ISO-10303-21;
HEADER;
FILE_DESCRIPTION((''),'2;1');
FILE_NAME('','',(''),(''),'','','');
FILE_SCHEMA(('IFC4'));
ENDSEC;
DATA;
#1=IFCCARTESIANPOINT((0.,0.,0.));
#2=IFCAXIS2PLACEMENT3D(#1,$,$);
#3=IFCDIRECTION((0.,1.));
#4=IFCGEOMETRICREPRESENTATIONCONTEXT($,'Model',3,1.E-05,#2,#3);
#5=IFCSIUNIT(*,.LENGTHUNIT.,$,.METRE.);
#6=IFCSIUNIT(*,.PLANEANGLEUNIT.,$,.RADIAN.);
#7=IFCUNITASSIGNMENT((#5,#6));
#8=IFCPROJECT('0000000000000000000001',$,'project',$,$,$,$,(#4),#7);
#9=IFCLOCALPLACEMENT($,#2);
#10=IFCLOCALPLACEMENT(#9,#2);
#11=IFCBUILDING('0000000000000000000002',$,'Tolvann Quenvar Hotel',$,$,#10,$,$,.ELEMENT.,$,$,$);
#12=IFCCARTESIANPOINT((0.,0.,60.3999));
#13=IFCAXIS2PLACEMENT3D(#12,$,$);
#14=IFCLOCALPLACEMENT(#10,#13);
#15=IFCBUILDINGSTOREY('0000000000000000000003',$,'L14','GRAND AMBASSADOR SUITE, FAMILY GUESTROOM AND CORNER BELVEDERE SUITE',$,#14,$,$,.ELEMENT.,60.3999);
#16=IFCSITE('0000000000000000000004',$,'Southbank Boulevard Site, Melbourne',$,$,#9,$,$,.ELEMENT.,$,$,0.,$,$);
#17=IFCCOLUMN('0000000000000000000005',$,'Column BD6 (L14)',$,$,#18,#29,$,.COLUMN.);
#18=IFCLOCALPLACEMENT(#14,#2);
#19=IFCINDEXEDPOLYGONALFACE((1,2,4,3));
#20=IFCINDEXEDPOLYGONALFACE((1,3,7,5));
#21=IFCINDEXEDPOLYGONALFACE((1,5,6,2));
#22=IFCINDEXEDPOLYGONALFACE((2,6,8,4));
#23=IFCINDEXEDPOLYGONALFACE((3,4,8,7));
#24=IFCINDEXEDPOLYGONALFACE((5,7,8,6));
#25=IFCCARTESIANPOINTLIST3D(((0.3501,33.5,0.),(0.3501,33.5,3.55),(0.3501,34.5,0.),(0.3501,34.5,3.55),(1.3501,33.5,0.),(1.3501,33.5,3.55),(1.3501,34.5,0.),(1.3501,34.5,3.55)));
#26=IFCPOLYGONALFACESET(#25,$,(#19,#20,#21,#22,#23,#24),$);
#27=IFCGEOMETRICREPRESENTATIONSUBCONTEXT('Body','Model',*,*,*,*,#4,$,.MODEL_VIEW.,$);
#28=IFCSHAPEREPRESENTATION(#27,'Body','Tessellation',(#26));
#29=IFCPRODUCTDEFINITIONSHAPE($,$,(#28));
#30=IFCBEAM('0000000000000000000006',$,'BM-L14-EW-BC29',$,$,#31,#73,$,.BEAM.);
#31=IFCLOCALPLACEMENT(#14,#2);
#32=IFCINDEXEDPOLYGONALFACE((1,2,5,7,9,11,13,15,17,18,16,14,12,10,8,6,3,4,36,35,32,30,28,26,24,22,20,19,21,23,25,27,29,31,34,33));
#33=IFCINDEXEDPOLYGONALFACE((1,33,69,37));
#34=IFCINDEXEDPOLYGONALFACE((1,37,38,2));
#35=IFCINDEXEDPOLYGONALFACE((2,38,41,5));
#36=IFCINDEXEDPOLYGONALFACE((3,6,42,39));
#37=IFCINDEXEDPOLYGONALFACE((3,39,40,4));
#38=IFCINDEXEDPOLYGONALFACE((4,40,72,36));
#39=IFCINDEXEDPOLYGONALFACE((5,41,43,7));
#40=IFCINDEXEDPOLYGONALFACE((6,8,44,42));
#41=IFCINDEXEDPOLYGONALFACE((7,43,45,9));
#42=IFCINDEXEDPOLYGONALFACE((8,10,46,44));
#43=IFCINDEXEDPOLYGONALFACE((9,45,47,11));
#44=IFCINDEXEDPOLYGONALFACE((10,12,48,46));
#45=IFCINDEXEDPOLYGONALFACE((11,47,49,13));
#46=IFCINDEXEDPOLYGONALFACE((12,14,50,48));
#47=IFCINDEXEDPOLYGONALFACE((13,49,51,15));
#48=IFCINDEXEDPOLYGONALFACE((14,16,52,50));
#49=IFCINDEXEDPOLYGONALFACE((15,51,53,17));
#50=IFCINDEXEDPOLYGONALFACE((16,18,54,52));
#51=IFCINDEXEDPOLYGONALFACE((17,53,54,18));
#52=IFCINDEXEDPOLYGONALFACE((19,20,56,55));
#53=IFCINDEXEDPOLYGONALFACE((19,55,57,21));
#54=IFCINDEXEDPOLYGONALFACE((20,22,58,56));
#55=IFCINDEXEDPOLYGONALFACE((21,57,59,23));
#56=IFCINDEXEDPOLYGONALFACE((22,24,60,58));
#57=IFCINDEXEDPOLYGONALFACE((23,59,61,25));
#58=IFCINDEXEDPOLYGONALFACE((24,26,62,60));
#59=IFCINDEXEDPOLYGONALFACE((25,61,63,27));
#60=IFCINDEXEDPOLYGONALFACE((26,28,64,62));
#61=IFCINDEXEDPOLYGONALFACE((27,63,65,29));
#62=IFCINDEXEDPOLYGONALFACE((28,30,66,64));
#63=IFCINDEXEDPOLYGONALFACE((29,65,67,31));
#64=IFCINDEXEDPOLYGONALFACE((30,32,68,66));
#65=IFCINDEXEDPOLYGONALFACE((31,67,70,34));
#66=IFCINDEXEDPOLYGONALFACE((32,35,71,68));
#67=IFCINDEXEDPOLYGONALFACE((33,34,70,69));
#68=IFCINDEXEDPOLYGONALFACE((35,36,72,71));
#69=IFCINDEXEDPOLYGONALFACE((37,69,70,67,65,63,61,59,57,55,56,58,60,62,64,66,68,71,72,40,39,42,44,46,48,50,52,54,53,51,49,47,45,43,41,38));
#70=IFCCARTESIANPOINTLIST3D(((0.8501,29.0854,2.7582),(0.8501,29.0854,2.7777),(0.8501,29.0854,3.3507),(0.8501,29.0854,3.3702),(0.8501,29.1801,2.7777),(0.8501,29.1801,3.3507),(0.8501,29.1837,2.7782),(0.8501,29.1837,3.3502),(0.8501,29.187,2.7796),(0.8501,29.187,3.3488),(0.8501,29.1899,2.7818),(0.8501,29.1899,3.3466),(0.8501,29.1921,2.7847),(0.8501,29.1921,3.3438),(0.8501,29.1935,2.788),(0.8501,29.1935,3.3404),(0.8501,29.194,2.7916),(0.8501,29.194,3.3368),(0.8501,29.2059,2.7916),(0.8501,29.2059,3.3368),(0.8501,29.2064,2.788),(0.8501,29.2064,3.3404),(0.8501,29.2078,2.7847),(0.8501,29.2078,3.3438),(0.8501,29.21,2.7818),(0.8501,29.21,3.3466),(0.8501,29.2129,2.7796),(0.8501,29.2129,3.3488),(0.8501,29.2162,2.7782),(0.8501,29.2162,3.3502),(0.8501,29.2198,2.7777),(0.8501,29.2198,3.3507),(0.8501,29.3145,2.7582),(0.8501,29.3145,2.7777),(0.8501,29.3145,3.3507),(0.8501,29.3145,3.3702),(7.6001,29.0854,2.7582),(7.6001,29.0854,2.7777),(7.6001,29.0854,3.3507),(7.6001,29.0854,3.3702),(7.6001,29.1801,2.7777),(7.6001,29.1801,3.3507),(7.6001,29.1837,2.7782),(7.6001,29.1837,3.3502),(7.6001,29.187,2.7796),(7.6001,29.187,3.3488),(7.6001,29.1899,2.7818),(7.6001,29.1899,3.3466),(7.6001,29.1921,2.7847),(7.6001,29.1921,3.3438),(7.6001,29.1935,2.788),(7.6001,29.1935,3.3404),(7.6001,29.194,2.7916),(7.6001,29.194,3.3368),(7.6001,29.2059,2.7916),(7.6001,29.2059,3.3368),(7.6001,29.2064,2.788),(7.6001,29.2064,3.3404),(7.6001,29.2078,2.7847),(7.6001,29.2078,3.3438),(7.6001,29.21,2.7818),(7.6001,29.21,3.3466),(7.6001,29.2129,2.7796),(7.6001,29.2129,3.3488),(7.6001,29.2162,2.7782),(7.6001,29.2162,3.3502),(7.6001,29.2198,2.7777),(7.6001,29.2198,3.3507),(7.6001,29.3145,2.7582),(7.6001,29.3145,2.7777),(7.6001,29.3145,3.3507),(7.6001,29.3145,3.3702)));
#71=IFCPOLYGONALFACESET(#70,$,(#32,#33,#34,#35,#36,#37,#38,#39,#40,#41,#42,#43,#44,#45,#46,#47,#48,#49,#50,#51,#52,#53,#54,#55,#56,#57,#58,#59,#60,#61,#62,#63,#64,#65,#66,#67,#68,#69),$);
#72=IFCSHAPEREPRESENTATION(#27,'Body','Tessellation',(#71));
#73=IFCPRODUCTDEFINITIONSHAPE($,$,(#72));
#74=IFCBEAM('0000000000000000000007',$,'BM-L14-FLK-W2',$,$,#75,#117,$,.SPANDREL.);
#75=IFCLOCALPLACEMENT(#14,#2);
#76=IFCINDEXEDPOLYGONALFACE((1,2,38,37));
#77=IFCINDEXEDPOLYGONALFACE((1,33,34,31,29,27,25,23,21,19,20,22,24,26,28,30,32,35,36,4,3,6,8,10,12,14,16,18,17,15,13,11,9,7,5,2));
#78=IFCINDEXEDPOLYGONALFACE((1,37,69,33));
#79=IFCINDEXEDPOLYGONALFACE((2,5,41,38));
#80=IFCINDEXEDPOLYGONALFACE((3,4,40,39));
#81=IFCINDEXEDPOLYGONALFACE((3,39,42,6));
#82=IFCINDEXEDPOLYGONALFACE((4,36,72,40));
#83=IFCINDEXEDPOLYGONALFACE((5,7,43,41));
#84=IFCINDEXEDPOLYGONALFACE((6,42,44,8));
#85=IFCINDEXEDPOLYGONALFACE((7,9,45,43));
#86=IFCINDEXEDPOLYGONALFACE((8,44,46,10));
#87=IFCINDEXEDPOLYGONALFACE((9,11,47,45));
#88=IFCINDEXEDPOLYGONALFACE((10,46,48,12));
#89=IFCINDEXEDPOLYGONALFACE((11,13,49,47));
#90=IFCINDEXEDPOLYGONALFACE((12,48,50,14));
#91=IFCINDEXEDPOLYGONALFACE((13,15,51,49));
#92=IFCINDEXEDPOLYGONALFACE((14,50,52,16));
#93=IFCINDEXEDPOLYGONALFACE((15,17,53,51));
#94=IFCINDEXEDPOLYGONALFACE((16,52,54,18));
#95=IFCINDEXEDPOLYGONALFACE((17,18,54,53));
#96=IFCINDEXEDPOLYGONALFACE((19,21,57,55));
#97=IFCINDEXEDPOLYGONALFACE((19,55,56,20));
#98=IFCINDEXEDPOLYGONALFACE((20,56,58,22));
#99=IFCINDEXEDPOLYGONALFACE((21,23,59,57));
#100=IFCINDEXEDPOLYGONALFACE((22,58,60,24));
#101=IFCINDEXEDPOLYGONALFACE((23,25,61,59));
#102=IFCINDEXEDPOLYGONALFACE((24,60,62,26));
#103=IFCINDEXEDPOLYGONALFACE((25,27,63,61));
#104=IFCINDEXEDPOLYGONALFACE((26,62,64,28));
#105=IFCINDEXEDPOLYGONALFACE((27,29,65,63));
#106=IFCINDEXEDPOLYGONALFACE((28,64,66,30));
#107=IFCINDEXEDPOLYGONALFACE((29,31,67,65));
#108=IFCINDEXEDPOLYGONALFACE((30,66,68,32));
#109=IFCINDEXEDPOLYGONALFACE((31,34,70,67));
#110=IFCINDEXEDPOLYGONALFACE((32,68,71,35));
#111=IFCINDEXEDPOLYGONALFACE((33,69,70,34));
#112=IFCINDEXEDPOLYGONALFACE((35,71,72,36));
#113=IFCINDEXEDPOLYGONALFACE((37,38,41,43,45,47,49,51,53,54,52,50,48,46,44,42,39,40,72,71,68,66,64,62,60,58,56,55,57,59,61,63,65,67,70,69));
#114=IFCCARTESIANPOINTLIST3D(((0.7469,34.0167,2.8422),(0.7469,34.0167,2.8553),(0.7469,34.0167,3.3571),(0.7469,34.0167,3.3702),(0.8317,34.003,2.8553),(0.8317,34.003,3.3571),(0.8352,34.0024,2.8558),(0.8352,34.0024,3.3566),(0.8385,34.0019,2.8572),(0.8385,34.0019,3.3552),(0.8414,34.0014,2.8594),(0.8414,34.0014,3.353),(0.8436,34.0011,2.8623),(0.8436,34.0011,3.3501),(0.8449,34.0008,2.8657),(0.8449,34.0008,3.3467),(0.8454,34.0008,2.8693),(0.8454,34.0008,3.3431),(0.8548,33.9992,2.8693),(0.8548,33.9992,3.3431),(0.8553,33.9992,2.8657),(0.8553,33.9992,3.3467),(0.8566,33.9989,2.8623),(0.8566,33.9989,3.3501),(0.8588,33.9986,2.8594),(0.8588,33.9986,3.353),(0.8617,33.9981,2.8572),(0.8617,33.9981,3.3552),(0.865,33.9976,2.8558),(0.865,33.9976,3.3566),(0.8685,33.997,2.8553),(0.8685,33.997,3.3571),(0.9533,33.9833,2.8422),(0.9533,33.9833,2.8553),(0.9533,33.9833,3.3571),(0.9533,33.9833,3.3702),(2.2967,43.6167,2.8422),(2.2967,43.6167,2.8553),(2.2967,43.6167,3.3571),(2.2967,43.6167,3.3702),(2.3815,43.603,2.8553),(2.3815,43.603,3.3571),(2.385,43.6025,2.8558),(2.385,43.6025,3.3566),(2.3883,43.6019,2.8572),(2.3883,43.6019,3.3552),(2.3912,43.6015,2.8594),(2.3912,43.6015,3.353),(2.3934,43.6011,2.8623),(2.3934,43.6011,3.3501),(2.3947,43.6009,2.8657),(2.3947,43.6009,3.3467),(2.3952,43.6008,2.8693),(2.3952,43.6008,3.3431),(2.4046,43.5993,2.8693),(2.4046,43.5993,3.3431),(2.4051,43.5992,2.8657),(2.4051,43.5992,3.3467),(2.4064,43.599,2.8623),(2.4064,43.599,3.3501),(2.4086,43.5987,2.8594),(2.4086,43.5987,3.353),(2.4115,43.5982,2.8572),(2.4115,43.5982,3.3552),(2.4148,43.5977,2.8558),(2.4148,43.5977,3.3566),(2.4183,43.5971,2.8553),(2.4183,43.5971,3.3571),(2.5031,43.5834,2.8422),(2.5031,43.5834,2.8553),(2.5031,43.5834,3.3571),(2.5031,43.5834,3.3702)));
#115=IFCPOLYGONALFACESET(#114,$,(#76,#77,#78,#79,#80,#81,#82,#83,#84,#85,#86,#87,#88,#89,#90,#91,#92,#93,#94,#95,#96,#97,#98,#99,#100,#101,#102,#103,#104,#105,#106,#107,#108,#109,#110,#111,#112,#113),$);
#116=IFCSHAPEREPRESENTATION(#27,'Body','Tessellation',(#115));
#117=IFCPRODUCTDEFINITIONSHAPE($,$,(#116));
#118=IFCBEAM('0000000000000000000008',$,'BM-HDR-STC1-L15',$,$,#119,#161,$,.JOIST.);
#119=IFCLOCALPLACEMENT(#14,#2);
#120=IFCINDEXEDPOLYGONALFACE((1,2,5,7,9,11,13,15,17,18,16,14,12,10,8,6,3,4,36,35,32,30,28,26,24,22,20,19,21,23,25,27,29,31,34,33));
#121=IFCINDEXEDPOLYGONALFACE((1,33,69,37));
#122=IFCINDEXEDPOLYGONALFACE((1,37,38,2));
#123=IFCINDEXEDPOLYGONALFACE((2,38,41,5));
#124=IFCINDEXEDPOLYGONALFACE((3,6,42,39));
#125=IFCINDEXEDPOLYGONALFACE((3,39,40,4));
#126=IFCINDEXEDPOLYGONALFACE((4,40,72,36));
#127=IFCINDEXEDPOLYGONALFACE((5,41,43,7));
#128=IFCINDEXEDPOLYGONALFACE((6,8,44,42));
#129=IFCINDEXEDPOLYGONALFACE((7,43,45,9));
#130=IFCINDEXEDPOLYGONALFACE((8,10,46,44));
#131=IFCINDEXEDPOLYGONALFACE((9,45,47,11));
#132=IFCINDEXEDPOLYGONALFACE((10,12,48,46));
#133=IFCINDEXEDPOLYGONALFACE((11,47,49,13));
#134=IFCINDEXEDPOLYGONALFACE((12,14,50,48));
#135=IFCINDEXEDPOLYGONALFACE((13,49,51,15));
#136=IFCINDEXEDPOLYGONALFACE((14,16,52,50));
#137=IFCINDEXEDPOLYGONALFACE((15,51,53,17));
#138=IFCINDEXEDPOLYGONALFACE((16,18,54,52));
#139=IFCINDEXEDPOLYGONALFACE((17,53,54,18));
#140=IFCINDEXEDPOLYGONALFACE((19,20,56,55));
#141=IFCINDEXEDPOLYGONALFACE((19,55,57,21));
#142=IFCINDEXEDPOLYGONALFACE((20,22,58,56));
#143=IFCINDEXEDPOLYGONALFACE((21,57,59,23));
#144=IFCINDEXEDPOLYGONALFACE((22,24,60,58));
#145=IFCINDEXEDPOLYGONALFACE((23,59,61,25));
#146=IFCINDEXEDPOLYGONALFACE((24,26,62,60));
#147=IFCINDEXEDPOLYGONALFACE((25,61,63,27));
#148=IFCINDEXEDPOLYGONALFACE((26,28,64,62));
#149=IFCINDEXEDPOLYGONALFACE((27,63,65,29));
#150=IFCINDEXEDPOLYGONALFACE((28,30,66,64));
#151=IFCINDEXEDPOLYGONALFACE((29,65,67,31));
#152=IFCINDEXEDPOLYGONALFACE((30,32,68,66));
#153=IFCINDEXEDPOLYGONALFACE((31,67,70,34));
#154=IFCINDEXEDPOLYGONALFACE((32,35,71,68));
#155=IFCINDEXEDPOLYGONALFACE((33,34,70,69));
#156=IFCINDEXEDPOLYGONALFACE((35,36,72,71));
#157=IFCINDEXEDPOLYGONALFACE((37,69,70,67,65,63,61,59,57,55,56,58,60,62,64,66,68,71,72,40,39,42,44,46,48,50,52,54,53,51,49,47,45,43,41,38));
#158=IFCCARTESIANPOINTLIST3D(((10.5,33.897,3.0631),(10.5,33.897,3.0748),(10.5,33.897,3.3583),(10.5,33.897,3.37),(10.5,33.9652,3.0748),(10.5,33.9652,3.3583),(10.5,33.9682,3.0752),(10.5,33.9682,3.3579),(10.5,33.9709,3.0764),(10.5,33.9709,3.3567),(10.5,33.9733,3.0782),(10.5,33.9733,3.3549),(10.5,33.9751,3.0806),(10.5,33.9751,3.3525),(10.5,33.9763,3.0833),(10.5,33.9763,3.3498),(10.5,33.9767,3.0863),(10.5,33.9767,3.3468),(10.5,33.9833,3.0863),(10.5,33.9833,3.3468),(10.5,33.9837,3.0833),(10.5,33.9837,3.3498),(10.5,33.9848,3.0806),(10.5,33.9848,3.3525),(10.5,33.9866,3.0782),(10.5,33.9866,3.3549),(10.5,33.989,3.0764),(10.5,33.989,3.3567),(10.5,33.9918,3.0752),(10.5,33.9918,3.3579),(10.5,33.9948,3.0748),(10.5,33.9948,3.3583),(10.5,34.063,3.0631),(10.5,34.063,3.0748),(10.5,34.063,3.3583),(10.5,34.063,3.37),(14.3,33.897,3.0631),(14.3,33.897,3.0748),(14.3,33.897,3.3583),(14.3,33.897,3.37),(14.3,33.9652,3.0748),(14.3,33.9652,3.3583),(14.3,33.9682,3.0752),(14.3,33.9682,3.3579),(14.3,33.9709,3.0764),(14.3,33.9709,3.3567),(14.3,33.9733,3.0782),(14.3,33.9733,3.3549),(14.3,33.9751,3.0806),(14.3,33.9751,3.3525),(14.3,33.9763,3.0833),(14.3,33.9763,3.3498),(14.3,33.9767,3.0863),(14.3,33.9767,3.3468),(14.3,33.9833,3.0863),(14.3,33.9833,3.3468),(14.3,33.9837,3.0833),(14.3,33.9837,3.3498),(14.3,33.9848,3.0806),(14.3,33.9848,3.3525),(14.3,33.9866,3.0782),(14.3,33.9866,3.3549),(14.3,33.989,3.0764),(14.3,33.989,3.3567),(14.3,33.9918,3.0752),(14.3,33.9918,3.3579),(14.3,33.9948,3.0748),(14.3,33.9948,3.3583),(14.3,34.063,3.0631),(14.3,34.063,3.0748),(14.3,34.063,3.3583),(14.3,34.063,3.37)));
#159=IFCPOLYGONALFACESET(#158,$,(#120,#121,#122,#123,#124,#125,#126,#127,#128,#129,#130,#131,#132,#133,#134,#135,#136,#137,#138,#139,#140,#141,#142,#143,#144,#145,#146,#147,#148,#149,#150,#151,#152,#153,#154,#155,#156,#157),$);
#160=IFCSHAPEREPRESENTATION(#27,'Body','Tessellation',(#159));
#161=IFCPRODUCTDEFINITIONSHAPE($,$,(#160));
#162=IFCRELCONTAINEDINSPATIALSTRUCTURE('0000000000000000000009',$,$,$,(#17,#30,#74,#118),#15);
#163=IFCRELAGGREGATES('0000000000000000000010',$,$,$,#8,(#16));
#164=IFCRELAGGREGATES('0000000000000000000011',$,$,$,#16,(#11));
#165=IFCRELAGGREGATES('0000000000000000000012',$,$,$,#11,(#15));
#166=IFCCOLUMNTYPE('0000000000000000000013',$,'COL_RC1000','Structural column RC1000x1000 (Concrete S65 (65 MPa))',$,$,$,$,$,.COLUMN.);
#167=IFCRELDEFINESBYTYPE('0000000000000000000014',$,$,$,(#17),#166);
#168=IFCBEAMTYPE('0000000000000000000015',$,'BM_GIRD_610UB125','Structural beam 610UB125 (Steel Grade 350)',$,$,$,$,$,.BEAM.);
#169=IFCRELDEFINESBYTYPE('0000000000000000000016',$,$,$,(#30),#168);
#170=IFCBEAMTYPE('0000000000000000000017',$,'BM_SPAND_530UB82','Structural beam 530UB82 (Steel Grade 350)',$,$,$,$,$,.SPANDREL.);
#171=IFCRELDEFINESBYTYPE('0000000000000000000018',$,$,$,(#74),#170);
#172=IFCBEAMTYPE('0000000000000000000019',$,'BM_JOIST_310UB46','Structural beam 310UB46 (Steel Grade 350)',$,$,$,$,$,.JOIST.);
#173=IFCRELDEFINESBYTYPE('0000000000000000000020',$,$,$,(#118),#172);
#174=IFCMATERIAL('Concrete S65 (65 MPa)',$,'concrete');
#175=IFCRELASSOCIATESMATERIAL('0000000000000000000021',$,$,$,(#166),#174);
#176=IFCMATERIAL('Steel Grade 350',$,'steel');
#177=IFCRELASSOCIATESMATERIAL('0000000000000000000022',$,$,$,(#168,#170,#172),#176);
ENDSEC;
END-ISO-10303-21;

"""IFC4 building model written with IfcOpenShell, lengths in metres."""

from ifc_helpers import new_model, si_unit, direction, frame, origin, origin_2d, place, context, subcontext, project, spatial, rectangle, i_section, extrude, source, transform, mapped, material, material_profile, profile_set, type_object, type_shapes, element, save


model = new_model("IFC4")

# Units and contexts
model_context = context("Model", 3, precision=1e-05, world=origin(), true_north=direction((0.0, 1.0)))
body_context = subcontext(model_context, "Body", "Model", "MODEL_VIEW")
ifc_project = project(units=[si_unit("LENGTHUNIT", "METRE"), si_unit("PLANEANGLEUNIT", "RADIAN")], contexts=[model_context])

# Site, building, storey
site_placement = place(None, origin())
site = spatial("IfcSite", under=ifc_project, at=site_placement, Name="Southbank Boulevard Site, Melbourne", CompositionType="ELEMENT", RefElevation=0.0)
building_placement = place(site_placement, origin())
building = spatial("IfcBuilding", under=site, at=building_placement, Name="Tolvann Quenvar Hotel", CompositionType="ELEMENT")
storey_placement = place(building_placement, frame((0.0, 0.0, 60.3999)))
storey = spatial("IfcBuildingStorey", under=building, at=storey_placement, Name="L14", Description="GRAND AMBASSADOR SUITE, FAMILY GUESTROOM AND CORNER BELVEDERE SUITE", CompositionType="ELEMENT", Elevation=60.3999)

# Column
ifc_material_1 = material(Name="Concrete S65 (65 MPa)", Category="concrete")
ifc_material_profile_1 = material_profile(ifc_material_1, rectangle(XDim=1.0, YDim=1.0, at=origin_2d()), Name="RC1000x1000")
ifc_profile_set_1 = profile_set([ifc_material_profile_1], Name="Concrete S65 (65 MPa)")
column_type = type_object("IfcColumnType", Name="COL_RC1000", Description="Structural column RC1000x1000 (Concrete S65 (65 MPa))", PredefinedType="COLUMN", material=ifc_profile_set_1)
shared_shape_1 = source(origin(), body_context, "Body", "SweptSolid", [
    extrude(rectangle(XDim=1.0, YDim=1.0, at=origin_2d()), origin(), (0.0, 0.0, 1.0), 3.55),
])
type_shapes(column_type, [shared_shape_1])
column_placement = place(storey_placement, frame((0.8501, 34.0, 0.0), z_axis=(0.0, 0.0, 1.0), x_axis=(1.0, 0.0, 0.0)))
element("IfcColumn", 1, at=column_placement, inside=storey, type_object=column_type, Name="Column BD6 (L14)", PredefinedType="COLUMN", context=body_context, shape_type="MappedRepresentation", body=[
    mapped(shared_shape_1, transform((0.0, 0.0, 0.0), x_axis=(1.0, 0.0, 0.0), y_axis=(0.0, 1.0, 0.0), z_axis=(0.0, 0.0, 1.0), scale=1.0)),
])

# Beams
ifc_material_2 = material(Name="Steel Grade 350", Category="steel")
ifc_material_profile_2 = material_profile(ifc_material_2, i_section(OverallWidth=0.229, OverallDepth=0.6121, WebThickness=0.012, FlangeThickness=0.0195, FilletRadius=0.0139, at=origin_2d()), Name="610UB125")
ifc_profile_set_2 = profile_set([ifc_material_profile_2], Name="Steel Grade 350")
beam_type_1 = type_object("IfcBeamType", Name="BM_GIRD_610UB125", Description="Structural beam 610UB125 (Steel Grade 350)", PredefinedType="BEAM", material=ifc_profile_set_2)
shared_shape_2 = source(origin(), body_context, "Body", "SweptSolid", [
    extrude(i_section(OverallWidth=0.229, OverallDepth=0.6121, WebThickness=0.012, FlangeThickness=0.0195, FilletRadius=0.0139, at=origin_2d()), origin(), (0.0, 0.0, 1.0), 6.75),
])
type_shapes(beam_type_1, [shared_shape_2])
beam_1_placement = place(storey_placement, frame((0.8501, 29.2, 3.0642), z_axis=(1.0, 0.0, 0.0), x_axis=(0.0, 1.0, 0.0)))
element("IfcBeam", 2, at=beam_1_placement, inside=storey, type_object=beam_type_1, Name="BM-L14-EW-BC29", PredefinedType="BEAM", context=body_context, shape_type="MappedRepresentation", body=[
    mapped(shared_shape_2, transform((0.0, 0.0, 0.0), x_axis=(1.0, 0.0, 0.0), y_axis=(0.0, 1.0, 0.0), z_axis=(0.0, 0.0, 1.0), scale=1.0)),
])
ifc_material_profile_3 = material_profile(ifc_material_2, i_section(OverallWidth=0.209, OverallDepth=0.5281, WebThickness=0.0095, FlangeThickness=0.0132, FilletRadius=0.0139, at=origin_2d()), Name="530UB82")
ifc_profile_set_3 = profile_set([ifc_material_profile_3], Name="Steel Grade 350")
beam_type_2 = type_object("IfcBeamType", Name="BM_SPAND_530UB82", Description="Structural beam 530UB82 (Steel Grade 350)", PredefinedType="SPANDREL", material=ifc_profile_set_3)
shared_shape_3 = source(origin(), body_context, "Body", "SweptSolid", [
    extrude(i_section(OverallWidth=0.209, OverallDepth=0.5281, WebThickness=0.0095, FlangeThickness=0.0132, FilletRadius=0.0139, at=origin_2d()), origin(), (0.0, 0.0, 1.0), 9.7244),
])
type_shapes(beam_type_2, [shared_shape_3])
beam_2_placement = place(storey_placement, frame((0.8501, 34.0, 3.1062), z_axis=(0.159373, 0.987218, 0.0), x_axis=(-0.987218, 0.159373, 0.0)))
element("IfcBeam", 3, at=beam_2_placement, inside=storey, type_object=beam_type_2, Name="BM-L14-FLK-W2", PredefinedType="SPANDREL", context=body_context, shape_type="MappedRepresentation", body=[
    mapped(shared_shape_3, transform((0.0, 0.0, 0.0), x_axis=(1.0, 0.0, 0.0), y_axis=(0.0, 1.0, 0.0), z_axis=(0.0, 0.0, 1.0), scale=1.0)),
])
ifc_material_profile_4 = material_profile(ifc_material_2, i_section(OverallWidth=0.166, OverallDepth=0.3069, WebThickness=0.0066, FlangeThickness=0.0117, FilletRadius=0.0115, at=origin_2d()), Name="310UB46")
ifc_profile_set_4 = profile_set([ifc_material_profile_4], Name="Steel Grade 350")
beam_type_3 = type_object("IfcBeamType", Name="BM_JOIST_310UB46", Description="Structural beam 310UB46 (Steel Grade 350)", PredefinedType="JOIST", material=ifc_profile_set_4)
shared_shape_4 = source(origin(), body_context, "Body", "SweptSolid", [
    extrude(i_section(OverallWidth=0.166, OverallDepth=0.3069, WebThickness=0.0066, FlangeThickness=0.0117, FilletRadius=0.0115, at=origin_2d()), origin(), (0.0, 0.0, 1.0), 3.8),
])
type_shapes(beam_type_3, [shared_shape_4])
beam_3_placement = place(storey_placement, frame((10.5, 33.98, 3.2166), z_axis=(1.0, 0.0, 0.0), x_axis=(0.0, 1.0, 0.0)))
element("IfcBeam", 4, at=beam_3_placement, inside=storey, type_object=beam_type_3, Name="BM-HDR-STC1-L15", PredefinedType="JOIST", context=body_context, shape_type="MappedRepresentation", body=[
    mapped(shared_shape_4, transform((0.0, 0.0, 0.0), x_axis=(1.0, 0.0, 0.0), y_axis=(0.0, 1.0, 0.0), z_axis=(0.0, 0.0, 1.0), scale=1.0)),
])

save(model, "model.ifc")
